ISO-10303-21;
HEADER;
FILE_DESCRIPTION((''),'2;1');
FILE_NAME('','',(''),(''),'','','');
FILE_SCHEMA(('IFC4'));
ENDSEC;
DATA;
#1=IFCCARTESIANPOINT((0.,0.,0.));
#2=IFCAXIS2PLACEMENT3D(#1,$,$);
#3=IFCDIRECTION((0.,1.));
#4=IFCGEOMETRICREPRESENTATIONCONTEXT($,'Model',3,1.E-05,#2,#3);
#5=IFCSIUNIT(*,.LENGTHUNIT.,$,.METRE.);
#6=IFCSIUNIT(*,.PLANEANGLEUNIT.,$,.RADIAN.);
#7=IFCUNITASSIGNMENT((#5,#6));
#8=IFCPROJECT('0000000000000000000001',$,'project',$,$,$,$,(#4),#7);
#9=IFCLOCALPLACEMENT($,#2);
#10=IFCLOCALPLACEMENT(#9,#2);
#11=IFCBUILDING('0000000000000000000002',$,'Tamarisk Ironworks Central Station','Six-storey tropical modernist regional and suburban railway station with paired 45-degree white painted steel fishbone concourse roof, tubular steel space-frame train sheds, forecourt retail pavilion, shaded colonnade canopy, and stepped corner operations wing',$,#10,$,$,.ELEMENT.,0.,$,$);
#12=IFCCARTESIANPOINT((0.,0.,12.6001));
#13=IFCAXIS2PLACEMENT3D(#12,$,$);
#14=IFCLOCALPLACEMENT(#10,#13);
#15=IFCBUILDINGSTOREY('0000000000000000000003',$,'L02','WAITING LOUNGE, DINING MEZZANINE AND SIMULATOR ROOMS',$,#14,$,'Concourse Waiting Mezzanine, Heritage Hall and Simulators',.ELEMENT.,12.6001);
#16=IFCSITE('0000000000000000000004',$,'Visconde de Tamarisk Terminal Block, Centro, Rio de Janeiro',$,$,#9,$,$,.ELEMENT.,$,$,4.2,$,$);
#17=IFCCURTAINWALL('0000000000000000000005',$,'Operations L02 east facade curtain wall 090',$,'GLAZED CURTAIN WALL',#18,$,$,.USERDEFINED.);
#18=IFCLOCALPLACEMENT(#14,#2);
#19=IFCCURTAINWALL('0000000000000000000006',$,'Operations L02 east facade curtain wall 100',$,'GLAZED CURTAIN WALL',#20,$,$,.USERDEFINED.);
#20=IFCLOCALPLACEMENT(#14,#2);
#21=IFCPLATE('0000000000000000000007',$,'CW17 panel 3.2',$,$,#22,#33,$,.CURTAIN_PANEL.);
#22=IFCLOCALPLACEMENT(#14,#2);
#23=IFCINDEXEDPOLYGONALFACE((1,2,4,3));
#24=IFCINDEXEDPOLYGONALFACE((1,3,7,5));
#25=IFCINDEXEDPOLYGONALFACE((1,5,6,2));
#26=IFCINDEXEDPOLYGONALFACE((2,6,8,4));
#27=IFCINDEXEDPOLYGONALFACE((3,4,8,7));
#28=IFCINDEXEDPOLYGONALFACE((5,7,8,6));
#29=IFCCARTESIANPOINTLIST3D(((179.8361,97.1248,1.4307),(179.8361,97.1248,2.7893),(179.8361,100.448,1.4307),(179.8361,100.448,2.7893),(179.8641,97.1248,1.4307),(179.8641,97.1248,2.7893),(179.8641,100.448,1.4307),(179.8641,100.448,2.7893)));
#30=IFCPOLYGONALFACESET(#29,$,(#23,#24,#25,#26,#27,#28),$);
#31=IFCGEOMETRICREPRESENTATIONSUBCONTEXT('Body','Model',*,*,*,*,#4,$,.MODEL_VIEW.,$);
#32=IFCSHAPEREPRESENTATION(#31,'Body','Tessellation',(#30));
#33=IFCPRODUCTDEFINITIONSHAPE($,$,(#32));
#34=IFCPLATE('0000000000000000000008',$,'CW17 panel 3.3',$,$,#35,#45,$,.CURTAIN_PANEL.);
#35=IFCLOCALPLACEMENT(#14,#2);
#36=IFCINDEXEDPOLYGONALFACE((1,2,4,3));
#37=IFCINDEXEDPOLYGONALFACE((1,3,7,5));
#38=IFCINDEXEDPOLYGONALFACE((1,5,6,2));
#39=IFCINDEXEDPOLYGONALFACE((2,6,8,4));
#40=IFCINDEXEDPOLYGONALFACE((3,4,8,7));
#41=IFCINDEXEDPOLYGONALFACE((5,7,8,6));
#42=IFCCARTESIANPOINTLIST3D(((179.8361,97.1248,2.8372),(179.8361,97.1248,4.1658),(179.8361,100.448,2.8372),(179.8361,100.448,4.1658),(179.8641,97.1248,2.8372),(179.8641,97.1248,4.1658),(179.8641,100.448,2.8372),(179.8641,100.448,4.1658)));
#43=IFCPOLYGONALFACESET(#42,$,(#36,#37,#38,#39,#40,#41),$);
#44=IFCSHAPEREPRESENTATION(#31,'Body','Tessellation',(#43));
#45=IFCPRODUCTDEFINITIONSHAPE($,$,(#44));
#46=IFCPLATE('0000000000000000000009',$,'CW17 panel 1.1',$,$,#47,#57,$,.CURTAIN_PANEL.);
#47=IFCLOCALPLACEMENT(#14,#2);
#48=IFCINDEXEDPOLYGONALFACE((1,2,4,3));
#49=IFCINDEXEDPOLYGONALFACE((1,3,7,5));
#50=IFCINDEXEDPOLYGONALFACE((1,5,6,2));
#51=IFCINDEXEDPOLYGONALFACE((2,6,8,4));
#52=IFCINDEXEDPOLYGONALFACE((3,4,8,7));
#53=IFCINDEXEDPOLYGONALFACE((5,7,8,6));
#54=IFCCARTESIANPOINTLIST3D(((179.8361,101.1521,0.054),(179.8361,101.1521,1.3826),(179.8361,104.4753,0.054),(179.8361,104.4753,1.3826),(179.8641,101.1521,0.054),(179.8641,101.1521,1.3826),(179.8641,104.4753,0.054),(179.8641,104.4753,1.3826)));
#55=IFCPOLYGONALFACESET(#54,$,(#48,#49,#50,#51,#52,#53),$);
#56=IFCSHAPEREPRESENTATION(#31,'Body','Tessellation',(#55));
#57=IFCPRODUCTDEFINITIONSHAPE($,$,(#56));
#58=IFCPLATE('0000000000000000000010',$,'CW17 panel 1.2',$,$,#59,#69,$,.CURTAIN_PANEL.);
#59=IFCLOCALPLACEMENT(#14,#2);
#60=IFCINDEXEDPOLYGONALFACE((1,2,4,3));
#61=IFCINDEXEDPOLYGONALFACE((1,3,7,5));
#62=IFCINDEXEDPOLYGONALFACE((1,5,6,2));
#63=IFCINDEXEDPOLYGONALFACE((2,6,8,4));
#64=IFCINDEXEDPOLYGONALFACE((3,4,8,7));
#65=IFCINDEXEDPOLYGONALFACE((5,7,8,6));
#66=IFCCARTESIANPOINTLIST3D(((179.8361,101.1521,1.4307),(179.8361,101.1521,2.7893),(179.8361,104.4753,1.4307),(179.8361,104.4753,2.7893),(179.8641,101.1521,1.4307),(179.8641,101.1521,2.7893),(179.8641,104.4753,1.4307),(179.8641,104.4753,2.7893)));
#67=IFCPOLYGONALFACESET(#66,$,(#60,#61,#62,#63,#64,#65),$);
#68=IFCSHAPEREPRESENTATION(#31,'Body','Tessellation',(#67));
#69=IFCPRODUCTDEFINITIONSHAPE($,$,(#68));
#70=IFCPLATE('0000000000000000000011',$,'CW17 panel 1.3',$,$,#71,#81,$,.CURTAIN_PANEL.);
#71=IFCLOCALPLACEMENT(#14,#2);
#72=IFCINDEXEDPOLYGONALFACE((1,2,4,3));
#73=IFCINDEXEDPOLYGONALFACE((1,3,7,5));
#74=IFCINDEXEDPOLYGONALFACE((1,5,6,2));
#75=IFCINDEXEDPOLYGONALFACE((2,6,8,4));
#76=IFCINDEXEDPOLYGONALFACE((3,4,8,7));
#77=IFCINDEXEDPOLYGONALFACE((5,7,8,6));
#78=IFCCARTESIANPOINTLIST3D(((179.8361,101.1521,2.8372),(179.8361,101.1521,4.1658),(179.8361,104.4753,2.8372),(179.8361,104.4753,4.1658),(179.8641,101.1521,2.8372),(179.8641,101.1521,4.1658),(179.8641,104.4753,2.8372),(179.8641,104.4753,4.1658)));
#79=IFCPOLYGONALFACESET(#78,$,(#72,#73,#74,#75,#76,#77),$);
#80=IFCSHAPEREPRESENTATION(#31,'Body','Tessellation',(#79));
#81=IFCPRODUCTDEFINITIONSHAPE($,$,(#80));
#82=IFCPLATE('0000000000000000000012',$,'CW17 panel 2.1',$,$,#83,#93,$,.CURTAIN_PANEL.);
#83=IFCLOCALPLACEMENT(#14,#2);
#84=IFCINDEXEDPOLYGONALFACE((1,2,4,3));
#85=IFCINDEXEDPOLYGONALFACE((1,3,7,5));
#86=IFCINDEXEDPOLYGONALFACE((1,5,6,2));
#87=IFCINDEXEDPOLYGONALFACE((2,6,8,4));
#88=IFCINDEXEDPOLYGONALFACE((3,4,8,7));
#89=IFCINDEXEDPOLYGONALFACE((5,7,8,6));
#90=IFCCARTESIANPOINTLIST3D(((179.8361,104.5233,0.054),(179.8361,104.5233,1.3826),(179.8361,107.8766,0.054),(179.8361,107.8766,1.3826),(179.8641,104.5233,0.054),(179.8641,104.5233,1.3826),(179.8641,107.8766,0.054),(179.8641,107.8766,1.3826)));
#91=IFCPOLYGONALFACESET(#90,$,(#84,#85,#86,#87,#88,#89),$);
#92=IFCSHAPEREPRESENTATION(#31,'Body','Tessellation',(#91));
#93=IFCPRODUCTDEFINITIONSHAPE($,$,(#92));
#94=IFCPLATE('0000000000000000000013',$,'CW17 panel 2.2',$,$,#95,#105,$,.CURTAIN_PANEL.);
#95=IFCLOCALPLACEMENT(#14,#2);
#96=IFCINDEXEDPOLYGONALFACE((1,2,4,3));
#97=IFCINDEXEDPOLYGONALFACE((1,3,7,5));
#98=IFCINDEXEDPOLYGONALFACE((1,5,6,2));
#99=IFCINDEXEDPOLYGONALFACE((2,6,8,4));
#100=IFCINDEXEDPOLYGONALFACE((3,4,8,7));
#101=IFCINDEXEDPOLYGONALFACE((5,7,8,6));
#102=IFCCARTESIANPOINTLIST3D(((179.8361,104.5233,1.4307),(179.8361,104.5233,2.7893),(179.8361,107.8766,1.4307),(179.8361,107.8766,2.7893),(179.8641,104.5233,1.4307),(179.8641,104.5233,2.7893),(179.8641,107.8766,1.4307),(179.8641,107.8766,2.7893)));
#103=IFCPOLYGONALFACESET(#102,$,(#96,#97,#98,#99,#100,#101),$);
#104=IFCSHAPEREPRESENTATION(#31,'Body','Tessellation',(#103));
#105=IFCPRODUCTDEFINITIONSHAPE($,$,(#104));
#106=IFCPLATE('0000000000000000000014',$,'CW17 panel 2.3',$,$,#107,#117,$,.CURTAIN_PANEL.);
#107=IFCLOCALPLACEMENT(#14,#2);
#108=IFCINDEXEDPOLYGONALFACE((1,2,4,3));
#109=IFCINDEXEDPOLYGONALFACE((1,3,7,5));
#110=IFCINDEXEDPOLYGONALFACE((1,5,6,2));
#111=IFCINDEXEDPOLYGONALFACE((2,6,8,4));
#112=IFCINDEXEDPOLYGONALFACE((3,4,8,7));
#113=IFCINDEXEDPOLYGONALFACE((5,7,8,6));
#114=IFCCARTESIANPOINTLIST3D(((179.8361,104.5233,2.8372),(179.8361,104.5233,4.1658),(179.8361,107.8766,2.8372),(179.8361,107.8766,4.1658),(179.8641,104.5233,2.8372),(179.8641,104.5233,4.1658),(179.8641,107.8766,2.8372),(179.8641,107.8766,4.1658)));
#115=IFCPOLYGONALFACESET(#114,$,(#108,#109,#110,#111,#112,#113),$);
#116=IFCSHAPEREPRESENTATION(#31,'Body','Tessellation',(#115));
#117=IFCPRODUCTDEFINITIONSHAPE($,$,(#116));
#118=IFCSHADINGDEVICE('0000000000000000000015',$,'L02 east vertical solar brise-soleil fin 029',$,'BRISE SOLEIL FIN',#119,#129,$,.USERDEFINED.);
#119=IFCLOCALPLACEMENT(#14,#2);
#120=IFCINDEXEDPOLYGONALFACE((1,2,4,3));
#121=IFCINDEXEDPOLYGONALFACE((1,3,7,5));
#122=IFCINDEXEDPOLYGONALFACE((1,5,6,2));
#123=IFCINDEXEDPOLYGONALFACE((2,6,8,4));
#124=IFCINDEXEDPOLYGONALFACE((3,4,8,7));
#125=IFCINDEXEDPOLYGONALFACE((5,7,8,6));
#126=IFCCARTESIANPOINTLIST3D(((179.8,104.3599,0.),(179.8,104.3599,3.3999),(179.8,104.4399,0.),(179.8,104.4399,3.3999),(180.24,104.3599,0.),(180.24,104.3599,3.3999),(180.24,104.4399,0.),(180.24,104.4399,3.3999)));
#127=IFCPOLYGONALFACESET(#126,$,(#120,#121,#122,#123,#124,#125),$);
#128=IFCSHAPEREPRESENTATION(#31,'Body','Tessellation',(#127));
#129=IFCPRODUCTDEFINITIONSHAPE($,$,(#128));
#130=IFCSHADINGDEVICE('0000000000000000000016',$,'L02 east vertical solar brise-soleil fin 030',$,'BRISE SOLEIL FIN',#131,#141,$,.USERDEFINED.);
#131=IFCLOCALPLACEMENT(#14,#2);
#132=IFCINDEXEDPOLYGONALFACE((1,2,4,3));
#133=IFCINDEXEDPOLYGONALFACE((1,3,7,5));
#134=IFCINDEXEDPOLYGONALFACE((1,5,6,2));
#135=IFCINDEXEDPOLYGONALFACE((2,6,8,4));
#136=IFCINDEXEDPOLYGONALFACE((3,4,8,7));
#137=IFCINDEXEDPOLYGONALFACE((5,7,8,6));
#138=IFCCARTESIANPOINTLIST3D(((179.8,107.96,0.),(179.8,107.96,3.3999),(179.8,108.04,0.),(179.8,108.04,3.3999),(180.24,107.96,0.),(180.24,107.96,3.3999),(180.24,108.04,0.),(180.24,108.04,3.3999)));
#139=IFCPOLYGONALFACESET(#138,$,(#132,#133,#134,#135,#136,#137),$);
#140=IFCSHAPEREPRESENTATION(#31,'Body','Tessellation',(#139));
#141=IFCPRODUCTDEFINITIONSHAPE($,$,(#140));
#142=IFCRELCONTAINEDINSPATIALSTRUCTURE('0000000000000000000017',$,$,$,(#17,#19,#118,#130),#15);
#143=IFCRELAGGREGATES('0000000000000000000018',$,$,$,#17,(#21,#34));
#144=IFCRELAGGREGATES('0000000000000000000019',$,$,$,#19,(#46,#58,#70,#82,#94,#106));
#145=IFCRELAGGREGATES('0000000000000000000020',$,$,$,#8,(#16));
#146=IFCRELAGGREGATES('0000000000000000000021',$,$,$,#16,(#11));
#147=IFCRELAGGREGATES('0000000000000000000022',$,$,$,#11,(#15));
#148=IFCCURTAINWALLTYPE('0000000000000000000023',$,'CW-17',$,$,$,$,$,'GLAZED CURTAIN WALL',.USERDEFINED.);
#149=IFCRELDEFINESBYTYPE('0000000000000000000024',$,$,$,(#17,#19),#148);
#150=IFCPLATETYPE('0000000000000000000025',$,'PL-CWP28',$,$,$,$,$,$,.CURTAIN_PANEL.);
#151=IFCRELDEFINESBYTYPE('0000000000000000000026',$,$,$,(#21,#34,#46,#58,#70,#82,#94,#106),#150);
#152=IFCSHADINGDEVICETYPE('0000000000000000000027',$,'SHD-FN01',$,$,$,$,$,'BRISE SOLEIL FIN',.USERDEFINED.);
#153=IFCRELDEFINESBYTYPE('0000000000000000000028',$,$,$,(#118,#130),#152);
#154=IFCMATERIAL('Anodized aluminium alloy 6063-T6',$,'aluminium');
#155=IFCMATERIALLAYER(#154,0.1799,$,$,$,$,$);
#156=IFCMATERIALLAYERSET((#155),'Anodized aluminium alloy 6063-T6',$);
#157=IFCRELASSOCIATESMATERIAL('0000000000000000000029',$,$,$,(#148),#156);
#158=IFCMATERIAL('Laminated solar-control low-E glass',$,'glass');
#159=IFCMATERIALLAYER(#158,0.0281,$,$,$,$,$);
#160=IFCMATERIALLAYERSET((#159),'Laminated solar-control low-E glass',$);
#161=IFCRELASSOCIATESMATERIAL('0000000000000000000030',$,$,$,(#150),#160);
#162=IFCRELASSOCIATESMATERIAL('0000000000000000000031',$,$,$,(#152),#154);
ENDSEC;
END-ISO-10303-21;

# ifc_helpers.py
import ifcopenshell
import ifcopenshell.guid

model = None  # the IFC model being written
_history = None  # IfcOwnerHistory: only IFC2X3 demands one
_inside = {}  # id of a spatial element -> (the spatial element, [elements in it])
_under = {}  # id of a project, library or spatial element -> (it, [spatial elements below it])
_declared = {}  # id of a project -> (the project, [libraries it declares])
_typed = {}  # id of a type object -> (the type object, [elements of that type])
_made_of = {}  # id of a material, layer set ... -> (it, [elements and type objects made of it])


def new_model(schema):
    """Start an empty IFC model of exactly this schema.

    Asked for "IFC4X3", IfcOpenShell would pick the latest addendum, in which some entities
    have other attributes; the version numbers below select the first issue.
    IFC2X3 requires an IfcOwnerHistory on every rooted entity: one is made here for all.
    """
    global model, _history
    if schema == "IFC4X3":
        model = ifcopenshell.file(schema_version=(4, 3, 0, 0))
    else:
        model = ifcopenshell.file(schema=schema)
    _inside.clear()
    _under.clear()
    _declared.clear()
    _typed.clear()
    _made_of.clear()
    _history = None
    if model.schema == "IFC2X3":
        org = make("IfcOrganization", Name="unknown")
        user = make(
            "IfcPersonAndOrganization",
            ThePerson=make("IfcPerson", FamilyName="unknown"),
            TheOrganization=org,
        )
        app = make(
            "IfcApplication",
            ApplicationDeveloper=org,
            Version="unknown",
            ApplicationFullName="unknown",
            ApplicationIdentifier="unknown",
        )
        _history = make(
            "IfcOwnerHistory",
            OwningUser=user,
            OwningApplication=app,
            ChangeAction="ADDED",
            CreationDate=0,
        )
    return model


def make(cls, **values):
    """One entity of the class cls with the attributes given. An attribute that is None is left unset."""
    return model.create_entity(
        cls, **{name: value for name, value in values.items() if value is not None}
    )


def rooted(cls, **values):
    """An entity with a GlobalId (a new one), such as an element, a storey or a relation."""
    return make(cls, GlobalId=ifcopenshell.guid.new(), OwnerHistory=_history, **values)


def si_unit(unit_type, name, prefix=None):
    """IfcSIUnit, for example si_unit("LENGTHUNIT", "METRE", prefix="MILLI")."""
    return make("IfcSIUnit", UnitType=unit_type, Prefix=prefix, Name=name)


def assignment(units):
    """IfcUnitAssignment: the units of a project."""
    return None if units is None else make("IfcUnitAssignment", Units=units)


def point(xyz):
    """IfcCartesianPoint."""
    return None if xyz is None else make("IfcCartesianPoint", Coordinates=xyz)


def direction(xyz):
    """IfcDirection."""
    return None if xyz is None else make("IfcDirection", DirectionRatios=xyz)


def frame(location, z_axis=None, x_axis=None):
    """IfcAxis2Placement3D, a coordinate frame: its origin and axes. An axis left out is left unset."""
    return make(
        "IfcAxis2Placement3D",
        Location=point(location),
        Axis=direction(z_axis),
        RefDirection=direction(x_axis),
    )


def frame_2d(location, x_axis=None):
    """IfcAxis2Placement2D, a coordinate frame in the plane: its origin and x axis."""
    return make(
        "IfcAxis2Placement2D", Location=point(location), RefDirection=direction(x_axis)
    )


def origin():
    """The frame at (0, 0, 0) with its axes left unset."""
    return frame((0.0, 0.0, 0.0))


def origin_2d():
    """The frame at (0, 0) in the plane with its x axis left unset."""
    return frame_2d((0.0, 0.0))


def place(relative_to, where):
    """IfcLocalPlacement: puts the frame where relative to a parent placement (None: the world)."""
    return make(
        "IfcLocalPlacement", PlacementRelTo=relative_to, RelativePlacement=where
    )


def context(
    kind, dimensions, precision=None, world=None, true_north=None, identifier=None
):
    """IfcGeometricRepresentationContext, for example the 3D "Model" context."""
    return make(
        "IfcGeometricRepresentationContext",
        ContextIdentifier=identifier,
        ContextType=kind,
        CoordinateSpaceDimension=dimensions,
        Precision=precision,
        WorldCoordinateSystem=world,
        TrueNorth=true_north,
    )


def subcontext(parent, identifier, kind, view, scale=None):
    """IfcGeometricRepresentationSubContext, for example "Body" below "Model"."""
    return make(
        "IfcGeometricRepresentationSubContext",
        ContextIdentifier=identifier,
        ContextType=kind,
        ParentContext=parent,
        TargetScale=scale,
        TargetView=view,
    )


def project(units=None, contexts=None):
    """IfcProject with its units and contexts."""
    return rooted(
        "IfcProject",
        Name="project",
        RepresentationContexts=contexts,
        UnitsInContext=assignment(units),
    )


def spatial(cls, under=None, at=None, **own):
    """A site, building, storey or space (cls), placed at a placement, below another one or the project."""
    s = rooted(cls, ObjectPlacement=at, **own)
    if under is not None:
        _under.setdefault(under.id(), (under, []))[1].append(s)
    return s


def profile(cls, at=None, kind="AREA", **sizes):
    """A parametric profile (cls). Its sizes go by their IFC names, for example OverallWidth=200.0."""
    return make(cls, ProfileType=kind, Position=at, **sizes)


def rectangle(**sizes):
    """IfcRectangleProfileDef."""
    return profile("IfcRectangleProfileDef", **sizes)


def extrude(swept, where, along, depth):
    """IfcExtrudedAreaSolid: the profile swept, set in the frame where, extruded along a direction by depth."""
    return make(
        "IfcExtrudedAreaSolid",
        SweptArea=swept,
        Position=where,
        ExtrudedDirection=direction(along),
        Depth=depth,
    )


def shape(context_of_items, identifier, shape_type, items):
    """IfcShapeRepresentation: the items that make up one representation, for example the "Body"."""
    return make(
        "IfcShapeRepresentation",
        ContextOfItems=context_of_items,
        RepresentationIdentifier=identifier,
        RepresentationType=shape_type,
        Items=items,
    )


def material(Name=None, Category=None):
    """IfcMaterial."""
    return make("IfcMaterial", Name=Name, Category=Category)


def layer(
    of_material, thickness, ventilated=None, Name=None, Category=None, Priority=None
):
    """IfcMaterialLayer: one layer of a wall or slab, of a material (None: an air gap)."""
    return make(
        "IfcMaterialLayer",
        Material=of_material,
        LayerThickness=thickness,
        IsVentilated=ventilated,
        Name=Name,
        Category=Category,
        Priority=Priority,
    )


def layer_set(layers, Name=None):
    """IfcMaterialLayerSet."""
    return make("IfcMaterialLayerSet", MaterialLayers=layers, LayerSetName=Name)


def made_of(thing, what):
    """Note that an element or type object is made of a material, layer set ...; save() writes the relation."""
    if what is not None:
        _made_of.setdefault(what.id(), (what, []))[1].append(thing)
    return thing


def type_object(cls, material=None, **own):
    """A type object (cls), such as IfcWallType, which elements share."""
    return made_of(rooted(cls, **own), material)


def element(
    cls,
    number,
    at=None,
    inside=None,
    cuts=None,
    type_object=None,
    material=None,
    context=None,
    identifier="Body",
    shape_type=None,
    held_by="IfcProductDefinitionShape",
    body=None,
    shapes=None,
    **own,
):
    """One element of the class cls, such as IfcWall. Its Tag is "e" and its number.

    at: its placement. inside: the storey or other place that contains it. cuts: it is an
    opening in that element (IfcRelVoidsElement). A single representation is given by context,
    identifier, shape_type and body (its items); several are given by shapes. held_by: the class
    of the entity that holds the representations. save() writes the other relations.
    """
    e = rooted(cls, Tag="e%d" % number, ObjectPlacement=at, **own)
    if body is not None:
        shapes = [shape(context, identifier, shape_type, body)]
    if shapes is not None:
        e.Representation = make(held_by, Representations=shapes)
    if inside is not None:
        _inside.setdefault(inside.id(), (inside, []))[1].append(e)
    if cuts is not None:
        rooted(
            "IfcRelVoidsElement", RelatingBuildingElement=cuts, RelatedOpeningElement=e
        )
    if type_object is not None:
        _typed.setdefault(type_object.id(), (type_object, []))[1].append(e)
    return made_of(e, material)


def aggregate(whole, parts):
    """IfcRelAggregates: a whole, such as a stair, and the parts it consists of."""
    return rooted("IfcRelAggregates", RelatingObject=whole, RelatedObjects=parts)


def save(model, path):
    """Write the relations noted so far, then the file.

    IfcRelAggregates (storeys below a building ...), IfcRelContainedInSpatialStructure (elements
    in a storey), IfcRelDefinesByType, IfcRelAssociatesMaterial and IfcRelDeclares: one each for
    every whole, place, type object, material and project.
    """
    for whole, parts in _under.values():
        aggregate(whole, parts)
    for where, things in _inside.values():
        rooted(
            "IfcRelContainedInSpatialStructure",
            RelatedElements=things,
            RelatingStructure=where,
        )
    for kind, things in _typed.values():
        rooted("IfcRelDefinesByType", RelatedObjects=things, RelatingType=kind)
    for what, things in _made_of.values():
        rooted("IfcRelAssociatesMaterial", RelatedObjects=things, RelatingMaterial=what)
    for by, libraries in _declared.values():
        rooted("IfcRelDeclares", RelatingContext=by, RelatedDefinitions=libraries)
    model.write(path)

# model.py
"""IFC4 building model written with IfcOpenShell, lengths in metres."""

from ifc_helpers import new_model, si_unit, direction, frame, origin, origin_2d, place, context, subcontext, project, spatial, rectangle, extrude, material, layer, layer_set, type_object, element, aggregate, save


model = new_model("IFC4")

# Units and contexts
model_context = context("Model", 3, precision=1e-05, world=origin(), true_north=direction((0.0, 1.0)))
body_context = subcontext(model_context, "Body", "Model", "MODEL_VIEW")
ifc_project = project(units=[si_unit("LENGTHUNIT", "METRE"), si_unit("PLANEANGLEUNIT", "RADIAN")], contexts=[model_context])

# Site, building, storey
site_placement = place(None, origin())
site = spatial("IfcSite", under=ifc_project, at=site_placement, Name="Visconde de Tamarisk Terminal Block, Centro, Rio de Janeiro", CompositionType="ELEMENT", RefElevation=4.2)
building_placement = place(site_placement, origin())
building = spatial("IfcBuilding", under=site, at=building_placement, Name="Tamarisk Ironworks Central Station", Description="Six-storey tropical modernist regional and suburban railway station with paired 45-degree white painted steel fishbone concourse roof, tubular steel space-frame train sheds, forecourt retail pavilion, shaded colonnade canopy, and stepped corner operations wing", CompositionType="ELEMENT", ElevationOfRefHeight=0.0)
storey_placement = place(building_placement, frame((0.0, 0.0, 12.6001)))
storey = spatial("IfcBuildingStorey", under=building, at=storey_placement, Name="L02", Description="WAITING LOUNGE, DINING MEZZANINE AND SIMULATOR ROOMS", LongName="Concourse Waiting Mezzanine, Heritage Hall and Simulators", CompositionType="ELEMENT", Elevation=12.6001)

# Curtain wall
ifc_material_1 = material(Name="Anodized aluminium alloy 6063-T6", Category="aluminium")
ifc_layer_1 = layer(ifc_material_1, 0.1799)
ifc_layer_set_1 = layer_set([ifc_layer_1], Name="Anodized aluminium alloy 6063-T6")
curtain_wall_type = type_object("IfcCurtainWallType", Name="CW-17", ElementType="GLAZED CURTAIN WALL", PredefinedType="USERDEFINED", material=ifc_layer_set_1)
curtain_wall_1_placement = place(storey_placement, origin())
curtain_wall_1 = element("IfcCurtainWall", 1, at=curtain_wall_1_placement, inside=storey, type_object=curtain_wall_type, Name="Operations L02 east facade curtain wall 090", ObjectType="GLAZED CURTAIN WALL", PredefinedType="USERDEFINED")

# Curtain wall
curtain_wall_2_placement = place(storey_placement, origin())
curtain_wall_2 = element("IfcCurtainWall", 2, at=curtain_wall_2_placement, inside=storey, type_object=curtain_wall_type, Name="Operations L02 east facade curtain wall 100", ObjectType="GLAZED CURTAIN WALL", PredefinedType="USERDEFINED")

# Plates
ifc_material_2 = material(Name="Laminated solar-control low-E glass", Category="glass")
ifc_layer_2 = layer(ifc_material_2, 0.0281)
ifc_layer_set_2 = layer_set([ifc_layer_2], Name="Laminated solar-control low-E glass")
plate_type = type_object("IfcPlateType", Name="PL-CWP28", PredefinedType="CURTAIN_PANEL", material=ifc_layer_set_2)
plate_1_placement = place(storey_placement, frame((179.8501, 98.7864, 1.4307), z_axis=(0.0, 0.0, 1.0), x_axis=(0.0, 1.0, 0.0)))
plate_1 = element("IfcPlate", 3, at=plate_1_placement, type_object=plate_type, Name="CW17 panel 3.2", PredefinedType="CURTAIN_PANEL", context=body_context, shape_type="SweptSolid", body=[
    extrude(rectangle(XDim=3.3232, YDim=0.0281, at=origin_2d()), origin(), (0.0, 0.0, 1.0), 1.3586),
])
plate_2_placement = place(storey_placement, frame((179.8501, 98.7864, 2.8372), z_axis=(0.0, 0.0, 1.0), x_axis=(0.0, 1.0, 0.0)))
plate_2 = element("IfcPlate", 4, at=plate_2_placement, type_object=plate_type, Name="CW17 panel 3.3", PredefinedType="CURTAIN_PANEL", context=body_context, shape_type="SweptSolid", body=[
    extrude(rectangle(XDim=3.3232, YDim=0.0281, at=origin_2d()), origin(), (0.0, 0.0, 1.0), 1.3286),
])
aggregate(curtain_wall_1, [plate_1, plate_2])
plate_3_placement = place(storey_placement, frame((179.8501, 102.8137, 0.054), z_axis=(0.0, 0.0, 1.0), x_axis=(0.0, 1.0, 0.0)))
plate_3 = element("IfcPlate", 5, at=plate_3_placement, type_object=plate_type, Name="CW17 panel 1.1", PredefinedType="CURTAIN_PANEL", context=body_context, shape_type="SweptSolid", body=[
    extrude(rectangle(XDim=3.3232, YDim=0.0281, at=origin_2d()), origin(), (0.0, 0.0, 1.0), 1.3286),
])
plate_4_placement = place(storey_placement, frame((179.8501, 102.8137, 1.4307), z_axis=(0.0, 0.0, 1.0), x_axis=(0.0, 1.0, 0.0)))
plate_4 = element("IfcPlate", 6, at=plate_4_placement, type_object=plate_type, Name="CW17 panel 1.2", PredefinedType="CURTAIN_PANEL", context=body_context, shape_type="SweptSolid", body=[
    extrude(rectangle(XDim=3.3232, YDim=0.0281, at=origin_2d()), origin(), (0.0, 0.0, 1.0), 1.3586),
])
plate_5_placement = place(storey_placement, frame((179.8501, 102.8137, 2.8372), z_axis=(0.0, 0.0, 1.0), x_axis=(0.0, 1.0, 0.0)))
plate_5 = element("IfcPlate", 7, at=plate_5_placement, type_object=plate_type, Name="CW17 panel 1.3", PredefinedType="CURTAIN_PANEL", context=body_context, shape_type="SweptSolid", body=[
    extrude(rectangle(XDim=3.3232, YDim=0.0281, at=origin_2d()), origin(), (0.0, 0.0, 1.0), 1.3286),
])
plate_6_placement = place(storey_placement, frame((179.8501, 106.2, 0.054), z_axis=(0.0, 0.0, 1.0), x_axis=(0.0, 1.0, 0.0)))
plate_6 = element("IfcPlate", 8, at=plate_6_placement, type_object=plate_type, Name="CW17 panel 2.1", PredefinedType="CURTAIN_PANEL", context=body_context, shape_type="SweptSolid", body=[
    extrude(rectangle(XDim=3.3533, YDim=0.0281, at=origin_2d()), origin(), (0.0, 0.0, 1.0), 1.3286),
])
plate_7_placement = place(storey_placement, frame((179.8501, 106.2, 1.4307), z_axis=(0.0, 0.0, 1.0), x_axis=(0.0, 1.0, 0.0)))
plate_7 = element("IfcPlate", 9, at=plate_7_placement, type_object=plate_type, Name="CW17 panel 2.2", PredefinedType="CURTAIN_PANEL", context=body_context, shape_type="SweptSolid", body=[
    extrude(rectangle(XDim=3.3533, YDim=0.0281, at=origin_2d()), origin(), (0.0, 0.0, 1.0), 1.3586),
])
plate_8_placement = place(storey_placement, frame((179.8501, 106.2, 2.8372), z_axis=(0.0, 0.0, 1.0), x_axis=(0.0, 1.0, 0.0)))
plate_8 = element("IfcPlate", 10, at=plate_8_placement, type_object=plate_type, Name="CW17 panel 2.3", PredefinedType="CURTAIN_PANEL", context=body_context, shape_type="SweptSolid", body=[
    extrude(rectangle(XDim=3.3533, YDim=0.0281, at=origin_2d()), origin(), (0.0, 0.0, 1.0), 1.3286),
])
aggregate(curtain_wall_2, [plate_3, plate_4, plate_5, plate_6, plate_7, plate_8])

# Shading devices
shading_device_type = type_object("IfcShadingDeviceType", Name="SHD-FN01", ElementType="BRISE SOLEIL FIN", PredefinedType="USERDEFINED", material=ifc_material_1)
for number, where, z_axis, x_axis, name in (
    (11, (180.02, 104.3999, 0.0), (0.0, 0.0, 1.0), (1.0, 0.0, 0.0), "L02 east vertical solar brise-soleil fin 029"),
    (12, (180.02, 108.0, 0.0), (0.0, 0.0, 1.0), (1.0, 0.0, 0.0), "L02 east vertical solar brise-soleil fin 030"),
):
    element("IfcShadingDevice", number, at=place(storey_placement, frame(where, z_axis=z_axis, x_axis=x_axis)), inside=storey, type_object=shading_device_type, Name=name, ObjectType="BRISE SOLEIL FIN", PredefinedType="USERDEFINED", context=body_context, shape_type="SweptSolid", body=[
        extrude(rectangle(XDim=0.4399, YDim=0.0801, at=origin_2d()), origin(), (0.0, 0.0, 1.0), 3.3999),
    ])

save(model, "model.ifc")
